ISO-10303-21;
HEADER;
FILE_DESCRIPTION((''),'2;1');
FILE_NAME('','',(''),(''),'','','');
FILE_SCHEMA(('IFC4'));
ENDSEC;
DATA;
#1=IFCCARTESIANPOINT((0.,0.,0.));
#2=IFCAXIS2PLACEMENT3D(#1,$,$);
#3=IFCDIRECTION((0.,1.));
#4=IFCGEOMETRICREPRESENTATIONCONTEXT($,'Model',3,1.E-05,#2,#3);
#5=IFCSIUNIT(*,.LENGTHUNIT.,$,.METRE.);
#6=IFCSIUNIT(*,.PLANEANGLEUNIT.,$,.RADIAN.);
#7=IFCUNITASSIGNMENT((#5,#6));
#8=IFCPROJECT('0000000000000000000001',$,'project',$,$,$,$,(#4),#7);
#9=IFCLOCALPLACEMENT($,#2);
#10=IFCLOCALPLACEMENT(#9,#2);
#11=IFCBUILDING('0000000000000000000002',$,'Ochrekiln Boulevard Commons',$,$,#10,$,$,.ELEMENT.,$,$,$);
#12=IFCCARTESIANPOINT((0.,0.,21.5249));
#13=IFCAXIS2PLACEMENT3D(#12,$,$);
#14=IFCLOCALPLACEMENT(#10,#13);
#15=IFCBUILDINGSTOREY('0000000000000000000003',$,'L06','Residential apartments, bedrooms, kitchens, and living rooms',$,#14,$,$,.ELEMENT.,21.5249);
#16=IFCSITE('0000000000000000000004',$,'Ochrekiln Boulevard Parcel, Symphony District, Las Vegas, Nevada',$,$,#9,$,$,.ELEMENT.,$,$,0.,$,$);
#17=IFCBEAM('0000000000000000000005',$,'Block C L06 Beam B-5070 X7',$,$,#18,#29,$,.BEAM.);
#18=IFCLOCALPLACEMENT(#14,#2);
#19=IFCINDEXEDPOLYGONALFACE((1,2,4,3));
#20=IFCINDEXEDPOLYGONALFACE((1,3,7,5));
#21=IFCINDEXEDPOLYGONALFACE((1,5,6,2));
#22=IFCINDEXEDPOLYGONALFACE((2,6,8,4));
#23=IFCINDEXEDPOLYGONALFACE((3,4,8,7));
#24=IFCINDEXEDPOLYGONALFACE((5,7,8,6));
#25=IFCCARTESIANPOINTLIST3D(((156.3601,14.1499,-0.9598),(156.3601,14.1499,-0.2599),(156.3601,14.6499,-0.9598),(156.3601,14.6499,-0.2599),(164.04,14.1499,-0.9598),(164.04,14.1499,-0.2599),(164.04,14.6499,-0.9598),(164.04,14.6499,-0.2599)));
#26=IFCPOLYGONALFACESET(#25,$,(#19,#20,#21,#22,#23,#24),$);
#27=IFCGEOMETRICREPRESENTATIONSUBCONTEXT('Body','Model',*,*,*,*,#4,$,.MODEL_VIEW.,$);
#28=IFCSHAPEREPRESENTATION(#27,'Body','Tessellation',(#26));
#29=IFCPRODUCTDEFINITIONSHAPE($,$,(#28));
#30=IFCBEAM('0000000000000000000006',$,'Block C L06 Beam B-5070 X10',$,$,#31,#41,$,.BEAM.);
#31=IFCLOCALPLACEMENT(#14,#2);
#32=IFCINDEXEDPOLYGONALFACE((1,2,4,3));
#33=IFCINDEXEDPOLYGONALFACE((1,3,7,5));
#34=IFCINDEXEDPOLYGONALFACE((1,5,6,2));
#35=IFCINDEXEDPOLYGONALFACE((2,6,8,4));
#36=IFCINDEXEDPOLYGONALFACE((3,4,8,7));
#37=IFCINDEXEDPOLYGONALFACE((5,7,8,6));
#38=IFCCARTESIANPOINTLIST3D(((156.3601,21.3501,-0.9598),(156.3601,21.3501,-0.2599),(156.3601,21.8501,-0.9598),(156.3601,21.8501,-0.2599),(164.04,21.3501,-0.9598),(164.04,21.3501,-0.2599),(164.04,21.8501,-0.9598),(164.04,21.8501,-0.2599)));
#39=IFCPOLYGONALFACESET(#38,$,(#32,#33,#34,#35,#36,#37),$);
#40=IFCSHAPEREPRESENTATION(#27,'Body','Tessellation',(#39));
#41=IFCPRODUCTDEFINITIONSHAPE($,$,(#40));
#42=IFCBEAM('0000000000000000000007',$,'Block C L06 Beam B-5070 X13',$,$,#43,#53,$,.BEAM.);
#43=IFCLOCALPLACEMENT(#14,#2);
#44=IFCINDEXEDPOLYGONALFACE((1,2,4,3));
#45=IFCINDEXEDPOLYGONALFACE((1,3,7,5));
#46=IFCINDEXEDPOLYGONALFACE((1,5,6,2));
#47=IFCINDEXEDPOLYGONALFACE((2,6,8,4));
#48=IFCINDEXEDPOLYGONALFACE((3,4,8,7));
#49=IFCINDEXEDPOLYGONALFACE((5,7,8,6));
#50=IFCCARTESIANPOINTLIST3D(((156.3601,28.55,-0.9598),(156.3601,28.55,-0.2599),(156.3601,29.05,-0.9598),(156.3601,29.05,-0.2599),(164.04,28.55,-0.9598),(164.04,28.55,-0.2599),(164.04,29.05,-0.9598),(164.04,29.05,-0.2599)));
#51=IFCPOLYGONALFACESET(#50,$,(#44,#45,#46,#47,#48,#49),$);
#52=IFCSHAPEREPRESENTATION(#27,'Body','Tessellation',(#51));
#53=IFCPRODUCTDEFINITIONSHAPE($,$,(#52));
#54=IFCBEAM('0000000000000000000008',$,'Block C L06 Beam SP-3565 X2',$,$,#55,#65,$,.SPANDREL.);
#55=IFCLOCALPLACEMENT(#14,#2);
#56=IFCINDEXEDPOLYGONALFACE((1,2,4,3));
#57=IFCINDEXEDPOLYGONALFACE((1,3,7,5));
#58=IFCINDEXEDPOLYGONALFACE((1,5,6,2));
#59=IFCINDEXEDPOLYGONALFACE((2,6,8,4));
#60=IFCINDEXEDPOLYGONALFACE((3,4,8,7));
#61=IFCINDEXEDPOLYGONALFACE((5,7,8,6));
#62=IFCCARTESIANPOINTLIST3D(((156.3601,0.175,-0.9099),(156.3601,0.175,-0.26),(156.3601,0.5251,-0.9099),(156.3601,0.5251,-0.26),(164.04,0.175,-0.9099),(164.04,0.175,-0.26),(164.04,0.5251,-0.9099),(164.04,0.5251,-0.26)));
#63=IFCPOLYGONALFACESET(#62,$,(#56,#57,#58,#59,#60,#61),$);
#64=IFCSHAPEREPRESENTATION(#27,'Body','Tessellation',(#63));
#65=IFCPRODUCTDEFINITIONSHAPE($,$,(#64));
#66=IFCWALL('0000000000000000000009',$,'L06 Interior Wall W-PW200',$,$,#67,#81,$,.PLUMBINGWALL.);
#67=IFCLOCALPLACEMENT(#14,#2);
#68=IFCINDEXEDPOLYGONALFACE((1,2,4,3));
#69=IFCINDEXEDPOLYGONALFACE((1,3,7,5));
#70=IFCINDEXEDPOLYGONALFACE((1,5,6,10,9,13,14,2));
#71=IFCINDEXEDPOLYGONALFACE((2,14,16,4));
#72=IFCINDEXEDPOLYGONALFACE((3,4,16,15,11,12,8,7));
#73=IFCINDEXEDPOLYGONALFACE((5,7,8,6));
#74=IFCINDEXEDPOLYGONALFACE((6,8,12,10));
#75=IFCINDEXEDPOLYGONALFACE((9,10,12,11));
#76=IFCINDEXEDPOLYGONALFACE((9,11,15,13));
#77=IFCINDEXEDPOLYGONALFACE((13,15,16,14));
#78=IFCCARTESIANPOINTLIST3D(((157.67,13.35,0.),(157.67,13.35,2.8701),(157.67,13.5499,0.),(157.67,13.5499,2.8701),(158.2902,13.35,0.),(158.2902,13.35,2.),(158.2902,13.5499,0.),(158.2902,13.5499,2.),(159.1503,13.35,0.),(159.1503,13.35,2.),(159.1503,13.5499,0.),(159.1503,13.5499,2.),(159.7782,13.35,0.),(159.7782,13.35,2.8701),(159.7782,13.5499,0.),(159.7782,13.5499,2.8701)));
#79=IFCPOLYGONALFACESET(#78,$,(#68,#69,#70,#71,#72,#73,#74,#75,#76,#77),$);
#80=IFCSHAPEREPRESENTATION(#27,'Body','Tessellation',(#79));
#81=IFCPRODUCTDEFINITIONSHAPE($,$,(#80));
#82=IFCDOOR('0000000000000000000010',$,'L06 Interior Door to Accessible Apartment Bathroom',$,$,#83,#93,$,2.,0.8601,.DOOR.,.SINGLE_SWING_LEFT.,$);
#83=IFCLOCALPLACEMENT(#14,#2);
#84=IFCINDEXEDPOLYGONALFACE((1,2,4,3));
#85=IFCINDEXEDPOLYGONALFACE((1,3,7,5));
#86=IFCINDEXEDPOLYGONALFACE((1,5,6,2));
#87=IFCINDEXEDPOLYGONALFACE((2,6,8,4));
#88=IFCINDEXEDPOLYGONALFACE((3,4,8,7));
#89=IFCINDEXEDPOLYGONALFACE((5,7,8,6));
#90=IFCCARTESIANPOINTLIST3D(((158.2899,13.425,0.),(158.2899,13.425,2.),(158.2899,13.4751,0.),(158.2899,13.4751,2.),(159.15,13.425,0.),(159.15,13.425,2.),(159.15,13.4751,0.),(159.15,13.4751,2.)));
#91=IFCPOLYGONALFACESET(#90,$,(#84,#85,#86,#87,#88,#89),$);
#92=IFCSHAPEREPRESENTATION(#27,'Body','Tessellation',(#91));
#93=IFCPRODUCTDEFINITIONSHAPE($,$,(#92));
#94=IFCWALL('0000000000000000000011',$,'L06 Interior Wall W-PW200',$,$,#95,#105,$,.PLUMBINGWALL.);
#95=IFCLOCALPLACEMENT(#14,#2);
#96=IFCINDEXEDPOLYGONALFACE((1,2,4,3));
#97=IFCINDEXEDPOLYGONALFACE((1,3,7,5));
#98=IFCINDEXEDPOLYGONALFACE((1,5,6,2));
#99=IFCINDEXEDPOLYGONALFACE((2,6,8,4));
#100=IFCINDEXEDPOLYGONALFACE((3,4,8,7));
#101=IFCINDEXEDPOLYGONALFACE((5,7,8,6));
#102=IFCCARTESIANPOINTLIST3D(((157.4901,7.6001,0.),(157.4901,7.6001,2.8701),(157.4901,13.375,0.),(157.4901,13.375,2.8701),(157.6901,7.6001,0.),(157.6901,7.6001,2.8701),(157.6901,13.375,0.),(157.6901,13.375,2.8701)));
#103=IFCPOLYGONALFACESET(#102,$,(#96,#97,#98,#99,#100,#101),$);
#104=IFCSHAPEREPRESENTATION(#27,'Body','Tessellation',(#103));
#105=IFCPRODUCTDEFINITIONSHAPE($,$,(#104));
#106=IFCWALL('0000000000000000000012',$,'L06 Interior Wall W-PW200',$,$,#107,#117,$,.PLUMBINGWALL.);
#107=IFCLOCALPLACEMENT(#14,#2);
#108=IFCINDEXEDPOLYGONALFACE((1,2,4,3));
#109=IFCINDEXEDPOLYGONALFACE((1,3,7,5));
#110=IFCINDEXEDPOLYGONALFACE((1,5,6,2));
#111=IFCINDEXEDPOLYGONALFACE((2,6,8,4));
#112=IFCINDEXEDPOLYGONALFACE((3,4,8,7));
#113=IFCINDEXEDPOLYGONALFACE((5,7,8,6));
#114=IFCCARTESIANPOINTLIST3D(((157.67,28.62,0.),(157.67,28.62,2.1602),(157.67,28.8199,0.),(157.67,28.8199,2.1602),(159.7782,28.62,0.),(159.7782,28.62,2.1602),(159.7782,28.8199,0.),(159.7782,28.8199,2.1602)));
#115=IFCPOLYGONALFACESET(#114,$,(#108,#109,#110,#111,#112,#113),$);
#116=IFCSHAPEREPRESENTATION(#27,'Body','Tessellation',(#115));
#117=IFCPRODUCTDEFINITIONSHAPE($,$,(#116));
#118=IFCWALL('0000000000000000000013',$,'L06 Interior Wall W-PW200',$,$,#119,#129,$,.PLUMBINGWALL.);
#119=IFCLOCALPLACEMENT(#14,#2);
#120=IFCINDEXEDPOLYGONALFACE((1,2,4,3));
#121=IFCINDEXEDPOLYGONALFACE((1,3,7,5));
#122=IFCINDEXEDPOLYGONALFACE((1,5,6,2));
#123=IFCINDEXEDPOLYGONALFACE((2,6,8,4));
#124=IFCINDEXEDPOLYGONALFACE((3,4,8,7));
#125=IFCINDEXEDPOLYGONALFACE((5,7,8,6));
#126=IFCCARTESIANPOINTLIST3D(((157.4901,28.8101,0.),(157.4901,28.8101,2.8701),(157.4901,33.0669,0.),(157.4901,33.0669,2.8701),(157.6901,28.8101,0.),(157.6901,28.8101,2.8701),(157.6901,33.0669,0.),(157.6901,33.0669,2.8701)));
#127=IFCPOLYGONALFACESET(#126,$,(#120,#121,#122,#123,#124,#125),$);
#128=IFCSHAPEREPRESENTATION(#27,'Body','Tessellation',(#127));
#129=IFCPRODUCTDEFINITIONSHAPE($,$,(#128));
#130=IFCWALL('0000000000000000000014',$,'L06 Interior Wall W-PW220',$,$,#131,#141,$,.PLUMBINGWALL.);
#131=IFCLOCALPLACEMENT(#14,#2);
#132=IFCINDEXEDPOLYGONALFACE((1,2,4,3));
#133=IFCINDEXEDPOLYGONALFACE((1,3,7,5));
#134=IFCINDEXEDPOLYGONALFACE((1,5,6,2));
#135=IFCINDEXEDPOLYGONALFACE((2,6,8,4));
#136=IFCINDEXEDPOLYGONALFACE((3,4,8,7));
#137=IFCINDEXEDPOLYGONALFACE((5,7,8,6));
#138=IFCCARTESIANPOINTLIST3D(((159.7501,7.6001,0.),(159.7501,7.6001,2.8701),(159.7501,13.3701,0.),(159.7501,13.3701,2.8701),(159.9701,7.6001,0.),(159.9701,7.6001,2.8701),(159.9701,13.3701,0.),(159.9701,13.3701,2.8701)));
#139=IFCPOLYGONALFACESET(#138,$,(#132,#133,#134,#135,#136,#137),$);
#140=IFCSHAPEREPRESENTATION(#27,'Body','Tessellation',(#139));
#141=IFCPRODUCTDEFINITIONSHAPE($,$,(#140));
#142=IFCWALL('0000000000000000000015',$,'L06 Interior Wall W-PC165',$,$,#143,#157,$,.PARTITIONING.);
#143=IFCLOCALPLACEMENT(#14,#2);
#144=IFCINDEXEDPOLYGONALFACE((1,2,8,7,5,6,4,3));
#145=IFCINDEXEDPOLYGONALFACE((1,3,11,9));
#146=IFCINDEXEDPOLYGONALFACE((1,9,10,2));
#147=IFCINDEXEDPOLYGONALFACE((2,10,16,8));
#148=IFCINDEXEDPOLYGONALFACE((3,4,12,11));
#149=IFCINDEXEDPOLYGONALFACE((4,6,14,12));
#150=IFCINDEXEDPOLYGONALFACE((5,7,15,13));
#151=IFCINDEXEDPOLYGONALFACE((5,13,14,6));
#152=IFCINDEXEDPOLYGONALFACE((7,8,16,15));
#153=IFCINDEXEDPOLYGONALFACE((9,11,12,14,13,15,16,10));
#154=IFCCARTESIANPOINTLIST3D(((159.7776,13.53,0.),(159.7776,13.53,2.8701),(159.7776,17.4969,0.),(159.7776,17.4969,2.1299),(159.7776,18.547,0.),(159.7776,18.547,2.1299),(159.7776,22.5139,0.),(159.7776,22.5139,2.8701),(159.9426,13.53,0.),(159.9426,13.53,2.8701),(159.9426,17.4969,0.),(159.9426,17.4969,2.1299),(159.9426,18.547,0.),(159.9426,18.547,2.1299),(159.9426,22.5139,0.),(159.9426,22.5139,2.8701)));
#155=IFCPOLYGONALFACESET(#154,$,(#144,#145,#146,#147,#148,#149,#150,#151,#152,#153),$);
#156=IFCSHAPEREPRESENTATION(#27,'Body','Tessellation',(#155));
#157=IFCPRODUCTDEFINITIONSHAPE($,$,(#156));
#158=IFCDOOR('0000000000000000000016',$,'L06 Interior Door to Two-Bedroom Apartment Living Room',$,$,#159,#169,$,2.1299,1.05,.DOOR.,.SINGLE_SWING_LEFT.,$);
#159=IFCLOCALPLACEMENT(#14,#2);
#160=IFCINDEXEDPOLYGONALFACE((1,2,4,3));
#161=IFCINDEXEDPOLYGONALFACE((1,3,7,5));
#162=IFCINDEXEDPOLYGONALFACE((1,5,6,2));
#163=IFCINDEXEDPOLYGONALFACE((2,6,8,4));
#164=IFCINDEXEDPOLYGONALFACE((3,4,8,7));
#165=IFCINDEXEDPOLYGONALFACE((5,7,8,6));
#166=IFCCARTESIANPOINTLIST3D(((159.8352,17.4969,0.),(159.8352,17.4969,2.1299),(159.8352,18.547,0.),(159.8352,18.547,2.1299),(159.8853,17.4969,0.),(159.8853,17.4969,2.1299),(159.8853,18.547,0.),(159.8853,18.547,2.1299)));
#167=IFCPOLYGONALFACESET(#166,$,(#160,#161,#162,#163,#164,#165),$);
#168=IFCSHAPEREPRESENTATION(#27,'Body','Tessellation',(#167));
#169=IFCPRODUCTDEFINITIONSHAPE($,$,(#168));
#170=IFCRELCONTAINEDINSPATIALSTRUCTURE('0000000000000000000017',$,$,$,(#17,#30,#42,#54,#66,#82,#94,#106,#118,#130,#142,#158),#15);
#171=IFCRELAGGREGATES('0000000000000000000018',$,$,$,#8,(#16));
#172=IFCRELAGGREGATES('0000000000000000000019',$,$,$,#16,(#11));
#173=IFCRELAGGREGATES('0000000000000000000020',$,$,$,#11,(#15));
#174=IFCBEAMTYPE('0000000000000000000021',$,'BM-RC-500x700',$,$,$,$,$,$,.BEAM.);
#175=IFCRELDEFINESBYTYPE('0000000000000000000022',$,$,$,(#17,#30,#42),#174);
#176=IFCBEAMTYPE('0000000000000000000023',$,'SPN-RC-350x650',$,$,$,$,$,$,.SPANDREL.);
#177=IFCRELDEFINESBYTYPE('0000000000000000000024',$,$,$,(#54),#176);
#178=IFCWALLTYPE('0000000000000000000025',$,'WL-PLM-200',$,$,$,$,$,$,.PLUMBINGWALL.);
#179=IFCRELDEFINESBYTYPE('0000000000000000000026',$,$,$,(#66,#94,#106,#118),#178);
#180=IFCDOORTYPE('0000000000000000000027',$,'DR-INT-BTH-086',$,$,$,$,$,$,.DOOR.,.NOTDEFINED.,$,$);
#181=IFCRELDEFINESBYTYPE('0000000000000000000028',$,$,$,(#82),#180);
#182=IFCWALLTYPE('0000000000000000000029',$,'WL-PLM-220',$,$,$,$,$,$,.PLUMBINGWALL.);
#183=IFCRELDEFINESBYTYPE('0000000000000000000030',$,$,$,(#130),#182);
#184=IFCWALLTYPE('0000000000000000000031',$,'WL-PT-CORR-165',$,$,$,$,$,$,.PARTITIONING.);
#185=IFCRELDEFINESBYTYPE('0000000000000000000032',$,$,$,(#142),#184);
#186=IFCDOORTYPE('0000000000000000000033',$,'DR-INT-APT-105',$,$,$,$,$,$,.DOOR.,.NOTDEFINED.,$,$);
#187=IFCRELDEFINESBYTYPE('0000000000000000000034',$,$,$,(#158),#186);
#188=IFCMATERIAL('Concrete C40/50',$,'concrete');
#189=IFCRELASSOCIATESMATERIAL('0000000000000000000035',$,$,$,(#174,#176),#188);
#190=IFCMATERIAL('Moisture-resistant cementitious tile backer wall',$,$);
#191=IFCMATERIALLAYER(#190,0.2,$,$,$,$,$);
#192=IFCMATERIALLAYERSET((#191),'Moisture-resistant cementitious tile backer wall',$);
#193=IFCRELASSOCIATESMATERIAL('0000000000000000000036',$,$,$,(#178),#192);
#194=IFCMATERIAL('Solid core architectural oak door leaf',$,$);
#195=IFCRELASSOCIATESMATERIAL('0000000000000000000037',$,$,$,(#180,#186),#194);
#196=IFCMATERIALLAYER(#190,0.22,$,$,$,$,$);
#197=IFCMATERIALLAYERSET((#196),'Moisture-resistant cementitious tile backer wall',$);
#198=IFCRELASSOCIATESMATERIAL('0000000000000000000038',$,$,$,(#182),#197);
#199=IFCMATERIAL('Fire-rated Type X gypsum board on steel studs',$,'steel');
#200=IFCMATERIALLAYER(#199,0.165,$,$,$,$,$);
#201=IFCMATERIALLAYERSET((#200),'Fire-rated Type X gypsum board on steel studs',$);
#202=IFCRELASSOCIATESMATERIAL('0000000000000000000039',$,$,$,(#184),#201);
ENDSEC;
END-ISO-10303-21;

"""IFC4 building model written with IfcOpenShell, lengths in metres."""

from ifc_helpers import new_model, si_unit, direction, frame, frame_2d, origin, origin_2d, place, context, subcontext, project, spatial, rectangle, extrude, material, layer, layer_set, material_profile, profile_set, type_object, element, fill, save


model = new_model("IFC4")

# Units and contexts
model_context = context("Model", 3, precision=1e-05, world=origin(), true_north=direction((0.0, 1.0)))
body_context = subcontext(model_context, "Body", "Model", "MODEL_VIEW")
ifc_project = project(units=[si_unit("LENGTHUNIT", "METRE"), si_unit("PLANEANGLEUNIT", "RADIAN")], contexts=[model_context])

# Site, building, storey
site_placement = place(None, origin())
site = spatial("IfcSite", under=ifc_project, at=site_placement, Name="Ochrekiln Boulevard Parcel, Symphony District, Las Vegas, Nevada", CompositionType="ELEMENT", RefElevation=0.0)
building_placement = place(site_placement, origin())
building = spatial("IfcBuilding", under=site, at=building_placement, Name="Ochrekiln Boulevard Commons", CompositionType="ELEMENT")
storey_placement = place(building_placement, frame((0.0, 0.0, 21.5249)))
storey = spatial("IfcBuildingStorey", under=building, at=storey_placement, Name="L06", Description="Residential apartments, bedrooms, kitchens, and living rooms", CompositionType="ELEMENT", Elevation=21.5249)

# Beams
ifc_material_1 = material(Name="Concrete C40/50", Category="concrete")
ifc_material_profile_1 = material_profile(ifc_material_1, rectangle(XDim=0.5, YDim=0.7, at=origin_2d()), Name="RC-BM-500x700")
ifc_profile_set_1 = profile_set([ifc_material_profile_1], Name="Concrete C40/50")
beam_type_1 = type_object("IfcBeamType", Name="BM-RC-500x700", PredefinedType="BEAM", material=ifc_profile_set_1)
for number, where, z_axis, x_axis, name in (
    (1, (156.3601, 14.3999, -0.6099), (1.0, 0.0, 0.0), (0.0, 1.0, 0.0), "Block C L06 Beam B-5070 X7"),
    (2, (156.3601, 21.6001, -0.6099), (1.0, 0.0, 0.0), (0.0, 1.0, 0.0), "Block C L06 Beam B-5070 X10"),
    (3, (156.3601, 28.8, -0.6099), (1.0, 0.0, 0.0), (0.0, 1.0, 0.0), "Block C L06 Beam B-5070 X13"),
):
    element("IfcBeam", number, at=place(storey_placement, frame(where, z_axis=z_axis, x_axis=x_axis)), inside=storey, type_object=beam_type_1, Name=name, PredefinedType="BEAM", context=body_context, shape_type="SweptSolid", body=[
        extrude(rectangle(XDim=0.5, YDim=0.7, at=origin_2d()), origin(), (0.0, 0.0, 1.0), 7.6799),
    ])
ifc_material_profile_2 = material_profile(ifc_material_1, rectangle(XDim=0.3501, YDim=0.6499, at=origin_2d()), Name="RC-SPN-350x650")
ifc_profile_set_2 = profile_set([ifc_material_profile_2], Name="Concrete C40/50")
beam_type_2 = type_object("IfcBeamType", Name="SPN-RC-350x650", PredefinedType="SPANDREL", material=ifc_profile_set_2)
beam_placement = place(storey_placement, frame((156.3601, 0.3501, -0.585), z_axis=(1.0, 0.0, 0.0), x_axis=(0.0, 1.0, 0.0)))
element("IfcBeam", 4, at=beam_placement, inside=storey, type_object=beam_type_2, Name="Block C L06 Beam SP-3565 X2", PredefinedType="SPANDREL", context=body_context, shape_type="SweptSolid", body=[
    extrude(rectangle(XDim=0.3501, YDim=0.6499, at=origin_2d()), origin(), (0.0, 0.0, 1.0), 7.6799),
])

# Wall, opening, door
ifc_material_2 = material(Name="Moisture-resistant cementitious tile backer wall")
ifc_layer_1 = layer(ifc_material_2, 0.2)
ifc_layer_set_1 = layer_set([ifc_layer_1], Name="Moisture-resistant cementitious tile backer wall")
wall_type_1 = type_object("IfcWallType", Name="WL-PLM-200", PredefinedType="PLUMBINGWALL", material=ifc_layer_set_1)
wall_1_placement = place(storey_placement, frame((157.6699, 13.45, 0.0), z_axis=(0.0, 0.0, 1.0), x_axis=(1.0, 0.0, 0.0)))
wall_1 = element("IfcWall", 5, at=wall_1_placement, inside=storey, type_object=wall_type_1, Name="L06 Interior Wall W-PW200", PredefinedType="PLUMBINGWALL", context=body_context, shape_type="SweptSolid", body=[
    extrude(rectangle(XDim=2.1082, YDim=0.2, at=frame_2d((1.0542, 0.0))), origin(), (0.0, 0.0, 1.0), 2.8701),
])
opening_1_placement = place(wall_1_placement, frame((0.6201, 0.0, 0.0)))
opening_1 = element("IfcOpeningElement", 6, at=opening_1_placement, cuts=wall_1, PredefinedType="OPENING", context=body_context, shape_type="SweptSolid", body=[
    extrude(rectangle(XDim=0.8601, YDim=2.0, at=frame_2d((0.4302, 1.0))), frame((0.0, 0.1099, 0.0), z_axis=(0.0, -1.0, 0.0), x_axis=(1.0, 0.0, 0.0)), (0.0, 0.0, 1.0), 0.22),
])
ifc_material_3 = material(Name="Solid core architectural oak door leaf")
door_type_1 = type_object("IfcDoorType", Name="DR-INT-BTH-086", OperationType="NOTDEFINED", PredefinedType="DOOR", material=ifc_material_3)
door_1_placement = place(opening_1_placement, frame((0.8601, 0.0, 0.0), z_axis=(0.0, 0.0, 1.0), x_axis=(-1.0, 0.0, 0.0)))
door_1 = element("IfcDoor", 7, at=door_1_placement, inside=storey, type_object=door_type_1, Name="L06 Interior Door to Accessible Apartment Bathroom", OperationType="SINGLE_SWING_LEFT", OverallHeight=2.0, OverallWidth=0.8601, PredefinedType="DOOR", context=body_context, shape_type="SweptSolid", body=[
    extrude(rectangle(XDim=0.8601, YDim=2.0, at=frame_2d((0.4302, 1.0))), frame((0.0, 0.0249, 0.0), z_axis=(0.0, -1.0, 0.0), x_axis=(1.0, 0.0, 0.0)), (0.0, 0.0, 1.0), 0.05),
])
fill(opening_1, door_1)

# Walls
wall_2_placement = place(storey_placement, frame((157.5901, 7.6001, 0.0), z_axis=(0.0, 0.0, 1.0), x_axis=(0.0, 1.0, 0.0)))
element("IfcWall", 8, at=wall_2_placement, inside=storey, type_object=wall_type_1, Name="L06 Interior Wall W-PW200", PredefinedType="PLUMBINGWALL", context=body_context, shape_type="SweptSolid", body=[
    extrude(rectangle(XDim=5.7749, YDim=0.2, at=frame_2d((2.8875, 0.0))), origin(), (0.0, 0.0, 1.0), 2.8701),
])
wall_3_placement = place(storey_placement, frame((157.6699, 28.72, 0.0), z_axis=(0.0, 0.0, 1.0), x_axis=(1.0, 0.0, 0.0)))
element("IfcWall", 9, at=wall_3_placement, inside=storey, type_object=wall_type_1, Name="L06 Interior Wall W-PW200", PredefinedType="PLUMBINGWALL", context=body_context, shape_type="SweptSolid", body=[
    extrude(rectangle(XDim=2.1082, YDim=0.2, at=frame_2d((1.0542, 0.0))), origin(), (0.0, 0.0, 1.0), 2.1602),
])
wall_4_placement = place(storey_placement, frame((157.5901, 28.8101, 0.0), z_axis=(0.0, 0.0, 1.0), x_axis=(0.0, 1.0, 0.0)))
element("IfcWall", 10, at=wall_4_placement, inside=storey, type_object=wall_type_1, Name="L06 Interior Wall W-PW200", PredefinedType="PLUMBINGWALL", context=body_context, shape_type="SweptSolid", body=[
    extrude(rectangle(XDim=4.2568, YDim=0.2, at=frame_2d((2.1284, 0.0))), origin(), (0.0, 0.0, 1.0), 2.8701),
])
ifc_layer_2 = layer(ifc_material_2, 0.22)
ifc_layer_set_2 = layer_set([ifc_layer_2], Name="Moisture-resistant cementitious tile backer wall")
wall_type_2 = type_object("IfcWallType", Name="WL-PLM-220", PredefinedType="PLUMBINGWALL", material=ifc_layer_set_2)
wall_5_placement = place(storey_placement, frame((159.8601, 7.6001, 0.0), z_axis=(0.0, 0.0, 1.0), x_axis=(0.0, 1.0, 0.0)))
element("IfcWall", 11, at=wall_5_placement, inside=storey, type_object=wall_type_2, Name="L06 Interior Wall W-PW220", PredefinedType="PLUMBINGWALL", context=body_context, shape_type="SweptSolid", body=[
    extrude(rectangle(XDim=5.77, YDim=0.22, at=frame_2d((2.885, 0.0))), origin(), (0.0, 0.0, 1.0), 2.8701),
])

# Wall, opening, door
ifc_material_4 = material(Name="Fire-rated Type X gypsum board on steel studs", Category="steel")
ifc_layer_3 = layer(ifc_material_4, 0.165)
ifc_layer_set_3 = layer_set([ifc_layer_3], Name="Fire-rated Type X gypsum board on steel studs")
wall_type_3 = type_object("IfcWallType", Name="WL-PT-CORR-165", PredefinedType="PARTITIONING", material=ifc_layer_set_3)
wall_6_placement = place(storey_placement, frame((159.8601, 13.53, 0.0), z_axis=(0.0, 0.0, 1.0), x_axis=(0.0, 1.0, 0.0)))
wall_6 = element("IfcWall", 12, at=wall_6_placement, inside=storey, type_object=wall_type_3, Name="L06 Interior Wall W-PC165", PredefinedType="PARTITIONING", context=body_context, shape_type="SweptSolid", body=[
    extrude(rectangle(XDim=8.9839, YDim=0.165, at=frame_2d((4.4919, 0.0))), origin(), (0.0, 0.0, 1.0), 2.8701),
])
opening_2_placement = place(wall_6_placement, frame((3.967, 0.0, 0.0)))
opening_2 = element("IfcOpeningElement", 13, at=opening_2_placement, cuts=wall_6, PredefinedType="OPENING", context=body_context, shape_type="SweptSolid", body=[
    extrude(rectangle(XDim=1.05, YDim=2.1299, at=frame_2d((0.5249, 1.0649))), frame((0.0, 0.0925, 0.0), z_axis=(0.0, -1.0, 0.0), x_axis=(1.0, 0.0, 0.0)), (0.0, 0.0, 1.0), 0.1851),
])
door_type_2 = type_object("IfcDoorType", Name="DR-INT-APT-105", OperationType="NOTDEFINED", PredefinedType="DOOR", material=ifc_material_3)
door_2_placement = place(opening_2_placement, origin())
door_2 = element("IfcDoor", 14, at=door_2_placement, inside=storey, type_object=door_type_2, Name="L06 Interior Door to Two-Bedroom Apartment Living Room", OperationType="SINGLE_SWING_LEFT", OverallHeight=2.1299, OverallWidth=1.05, PredefinedType="DOOR", context=body_context, shape_type="SweptSolid", body=[
    extrude(rectangle(XDim=1.05, YDim=2.1299, at=frame_2d((0.5249, 1.0649))), frame((0.0, 0.0249, 0.0), z_axis=(0.0, -1.0, 0.0), x_axis=(1.0, 0.0, 0.0)), (0.0, 0.0, 1.0), 0.05),
])
fill(opening_2, door_2)

save(model, "model.ifc")
